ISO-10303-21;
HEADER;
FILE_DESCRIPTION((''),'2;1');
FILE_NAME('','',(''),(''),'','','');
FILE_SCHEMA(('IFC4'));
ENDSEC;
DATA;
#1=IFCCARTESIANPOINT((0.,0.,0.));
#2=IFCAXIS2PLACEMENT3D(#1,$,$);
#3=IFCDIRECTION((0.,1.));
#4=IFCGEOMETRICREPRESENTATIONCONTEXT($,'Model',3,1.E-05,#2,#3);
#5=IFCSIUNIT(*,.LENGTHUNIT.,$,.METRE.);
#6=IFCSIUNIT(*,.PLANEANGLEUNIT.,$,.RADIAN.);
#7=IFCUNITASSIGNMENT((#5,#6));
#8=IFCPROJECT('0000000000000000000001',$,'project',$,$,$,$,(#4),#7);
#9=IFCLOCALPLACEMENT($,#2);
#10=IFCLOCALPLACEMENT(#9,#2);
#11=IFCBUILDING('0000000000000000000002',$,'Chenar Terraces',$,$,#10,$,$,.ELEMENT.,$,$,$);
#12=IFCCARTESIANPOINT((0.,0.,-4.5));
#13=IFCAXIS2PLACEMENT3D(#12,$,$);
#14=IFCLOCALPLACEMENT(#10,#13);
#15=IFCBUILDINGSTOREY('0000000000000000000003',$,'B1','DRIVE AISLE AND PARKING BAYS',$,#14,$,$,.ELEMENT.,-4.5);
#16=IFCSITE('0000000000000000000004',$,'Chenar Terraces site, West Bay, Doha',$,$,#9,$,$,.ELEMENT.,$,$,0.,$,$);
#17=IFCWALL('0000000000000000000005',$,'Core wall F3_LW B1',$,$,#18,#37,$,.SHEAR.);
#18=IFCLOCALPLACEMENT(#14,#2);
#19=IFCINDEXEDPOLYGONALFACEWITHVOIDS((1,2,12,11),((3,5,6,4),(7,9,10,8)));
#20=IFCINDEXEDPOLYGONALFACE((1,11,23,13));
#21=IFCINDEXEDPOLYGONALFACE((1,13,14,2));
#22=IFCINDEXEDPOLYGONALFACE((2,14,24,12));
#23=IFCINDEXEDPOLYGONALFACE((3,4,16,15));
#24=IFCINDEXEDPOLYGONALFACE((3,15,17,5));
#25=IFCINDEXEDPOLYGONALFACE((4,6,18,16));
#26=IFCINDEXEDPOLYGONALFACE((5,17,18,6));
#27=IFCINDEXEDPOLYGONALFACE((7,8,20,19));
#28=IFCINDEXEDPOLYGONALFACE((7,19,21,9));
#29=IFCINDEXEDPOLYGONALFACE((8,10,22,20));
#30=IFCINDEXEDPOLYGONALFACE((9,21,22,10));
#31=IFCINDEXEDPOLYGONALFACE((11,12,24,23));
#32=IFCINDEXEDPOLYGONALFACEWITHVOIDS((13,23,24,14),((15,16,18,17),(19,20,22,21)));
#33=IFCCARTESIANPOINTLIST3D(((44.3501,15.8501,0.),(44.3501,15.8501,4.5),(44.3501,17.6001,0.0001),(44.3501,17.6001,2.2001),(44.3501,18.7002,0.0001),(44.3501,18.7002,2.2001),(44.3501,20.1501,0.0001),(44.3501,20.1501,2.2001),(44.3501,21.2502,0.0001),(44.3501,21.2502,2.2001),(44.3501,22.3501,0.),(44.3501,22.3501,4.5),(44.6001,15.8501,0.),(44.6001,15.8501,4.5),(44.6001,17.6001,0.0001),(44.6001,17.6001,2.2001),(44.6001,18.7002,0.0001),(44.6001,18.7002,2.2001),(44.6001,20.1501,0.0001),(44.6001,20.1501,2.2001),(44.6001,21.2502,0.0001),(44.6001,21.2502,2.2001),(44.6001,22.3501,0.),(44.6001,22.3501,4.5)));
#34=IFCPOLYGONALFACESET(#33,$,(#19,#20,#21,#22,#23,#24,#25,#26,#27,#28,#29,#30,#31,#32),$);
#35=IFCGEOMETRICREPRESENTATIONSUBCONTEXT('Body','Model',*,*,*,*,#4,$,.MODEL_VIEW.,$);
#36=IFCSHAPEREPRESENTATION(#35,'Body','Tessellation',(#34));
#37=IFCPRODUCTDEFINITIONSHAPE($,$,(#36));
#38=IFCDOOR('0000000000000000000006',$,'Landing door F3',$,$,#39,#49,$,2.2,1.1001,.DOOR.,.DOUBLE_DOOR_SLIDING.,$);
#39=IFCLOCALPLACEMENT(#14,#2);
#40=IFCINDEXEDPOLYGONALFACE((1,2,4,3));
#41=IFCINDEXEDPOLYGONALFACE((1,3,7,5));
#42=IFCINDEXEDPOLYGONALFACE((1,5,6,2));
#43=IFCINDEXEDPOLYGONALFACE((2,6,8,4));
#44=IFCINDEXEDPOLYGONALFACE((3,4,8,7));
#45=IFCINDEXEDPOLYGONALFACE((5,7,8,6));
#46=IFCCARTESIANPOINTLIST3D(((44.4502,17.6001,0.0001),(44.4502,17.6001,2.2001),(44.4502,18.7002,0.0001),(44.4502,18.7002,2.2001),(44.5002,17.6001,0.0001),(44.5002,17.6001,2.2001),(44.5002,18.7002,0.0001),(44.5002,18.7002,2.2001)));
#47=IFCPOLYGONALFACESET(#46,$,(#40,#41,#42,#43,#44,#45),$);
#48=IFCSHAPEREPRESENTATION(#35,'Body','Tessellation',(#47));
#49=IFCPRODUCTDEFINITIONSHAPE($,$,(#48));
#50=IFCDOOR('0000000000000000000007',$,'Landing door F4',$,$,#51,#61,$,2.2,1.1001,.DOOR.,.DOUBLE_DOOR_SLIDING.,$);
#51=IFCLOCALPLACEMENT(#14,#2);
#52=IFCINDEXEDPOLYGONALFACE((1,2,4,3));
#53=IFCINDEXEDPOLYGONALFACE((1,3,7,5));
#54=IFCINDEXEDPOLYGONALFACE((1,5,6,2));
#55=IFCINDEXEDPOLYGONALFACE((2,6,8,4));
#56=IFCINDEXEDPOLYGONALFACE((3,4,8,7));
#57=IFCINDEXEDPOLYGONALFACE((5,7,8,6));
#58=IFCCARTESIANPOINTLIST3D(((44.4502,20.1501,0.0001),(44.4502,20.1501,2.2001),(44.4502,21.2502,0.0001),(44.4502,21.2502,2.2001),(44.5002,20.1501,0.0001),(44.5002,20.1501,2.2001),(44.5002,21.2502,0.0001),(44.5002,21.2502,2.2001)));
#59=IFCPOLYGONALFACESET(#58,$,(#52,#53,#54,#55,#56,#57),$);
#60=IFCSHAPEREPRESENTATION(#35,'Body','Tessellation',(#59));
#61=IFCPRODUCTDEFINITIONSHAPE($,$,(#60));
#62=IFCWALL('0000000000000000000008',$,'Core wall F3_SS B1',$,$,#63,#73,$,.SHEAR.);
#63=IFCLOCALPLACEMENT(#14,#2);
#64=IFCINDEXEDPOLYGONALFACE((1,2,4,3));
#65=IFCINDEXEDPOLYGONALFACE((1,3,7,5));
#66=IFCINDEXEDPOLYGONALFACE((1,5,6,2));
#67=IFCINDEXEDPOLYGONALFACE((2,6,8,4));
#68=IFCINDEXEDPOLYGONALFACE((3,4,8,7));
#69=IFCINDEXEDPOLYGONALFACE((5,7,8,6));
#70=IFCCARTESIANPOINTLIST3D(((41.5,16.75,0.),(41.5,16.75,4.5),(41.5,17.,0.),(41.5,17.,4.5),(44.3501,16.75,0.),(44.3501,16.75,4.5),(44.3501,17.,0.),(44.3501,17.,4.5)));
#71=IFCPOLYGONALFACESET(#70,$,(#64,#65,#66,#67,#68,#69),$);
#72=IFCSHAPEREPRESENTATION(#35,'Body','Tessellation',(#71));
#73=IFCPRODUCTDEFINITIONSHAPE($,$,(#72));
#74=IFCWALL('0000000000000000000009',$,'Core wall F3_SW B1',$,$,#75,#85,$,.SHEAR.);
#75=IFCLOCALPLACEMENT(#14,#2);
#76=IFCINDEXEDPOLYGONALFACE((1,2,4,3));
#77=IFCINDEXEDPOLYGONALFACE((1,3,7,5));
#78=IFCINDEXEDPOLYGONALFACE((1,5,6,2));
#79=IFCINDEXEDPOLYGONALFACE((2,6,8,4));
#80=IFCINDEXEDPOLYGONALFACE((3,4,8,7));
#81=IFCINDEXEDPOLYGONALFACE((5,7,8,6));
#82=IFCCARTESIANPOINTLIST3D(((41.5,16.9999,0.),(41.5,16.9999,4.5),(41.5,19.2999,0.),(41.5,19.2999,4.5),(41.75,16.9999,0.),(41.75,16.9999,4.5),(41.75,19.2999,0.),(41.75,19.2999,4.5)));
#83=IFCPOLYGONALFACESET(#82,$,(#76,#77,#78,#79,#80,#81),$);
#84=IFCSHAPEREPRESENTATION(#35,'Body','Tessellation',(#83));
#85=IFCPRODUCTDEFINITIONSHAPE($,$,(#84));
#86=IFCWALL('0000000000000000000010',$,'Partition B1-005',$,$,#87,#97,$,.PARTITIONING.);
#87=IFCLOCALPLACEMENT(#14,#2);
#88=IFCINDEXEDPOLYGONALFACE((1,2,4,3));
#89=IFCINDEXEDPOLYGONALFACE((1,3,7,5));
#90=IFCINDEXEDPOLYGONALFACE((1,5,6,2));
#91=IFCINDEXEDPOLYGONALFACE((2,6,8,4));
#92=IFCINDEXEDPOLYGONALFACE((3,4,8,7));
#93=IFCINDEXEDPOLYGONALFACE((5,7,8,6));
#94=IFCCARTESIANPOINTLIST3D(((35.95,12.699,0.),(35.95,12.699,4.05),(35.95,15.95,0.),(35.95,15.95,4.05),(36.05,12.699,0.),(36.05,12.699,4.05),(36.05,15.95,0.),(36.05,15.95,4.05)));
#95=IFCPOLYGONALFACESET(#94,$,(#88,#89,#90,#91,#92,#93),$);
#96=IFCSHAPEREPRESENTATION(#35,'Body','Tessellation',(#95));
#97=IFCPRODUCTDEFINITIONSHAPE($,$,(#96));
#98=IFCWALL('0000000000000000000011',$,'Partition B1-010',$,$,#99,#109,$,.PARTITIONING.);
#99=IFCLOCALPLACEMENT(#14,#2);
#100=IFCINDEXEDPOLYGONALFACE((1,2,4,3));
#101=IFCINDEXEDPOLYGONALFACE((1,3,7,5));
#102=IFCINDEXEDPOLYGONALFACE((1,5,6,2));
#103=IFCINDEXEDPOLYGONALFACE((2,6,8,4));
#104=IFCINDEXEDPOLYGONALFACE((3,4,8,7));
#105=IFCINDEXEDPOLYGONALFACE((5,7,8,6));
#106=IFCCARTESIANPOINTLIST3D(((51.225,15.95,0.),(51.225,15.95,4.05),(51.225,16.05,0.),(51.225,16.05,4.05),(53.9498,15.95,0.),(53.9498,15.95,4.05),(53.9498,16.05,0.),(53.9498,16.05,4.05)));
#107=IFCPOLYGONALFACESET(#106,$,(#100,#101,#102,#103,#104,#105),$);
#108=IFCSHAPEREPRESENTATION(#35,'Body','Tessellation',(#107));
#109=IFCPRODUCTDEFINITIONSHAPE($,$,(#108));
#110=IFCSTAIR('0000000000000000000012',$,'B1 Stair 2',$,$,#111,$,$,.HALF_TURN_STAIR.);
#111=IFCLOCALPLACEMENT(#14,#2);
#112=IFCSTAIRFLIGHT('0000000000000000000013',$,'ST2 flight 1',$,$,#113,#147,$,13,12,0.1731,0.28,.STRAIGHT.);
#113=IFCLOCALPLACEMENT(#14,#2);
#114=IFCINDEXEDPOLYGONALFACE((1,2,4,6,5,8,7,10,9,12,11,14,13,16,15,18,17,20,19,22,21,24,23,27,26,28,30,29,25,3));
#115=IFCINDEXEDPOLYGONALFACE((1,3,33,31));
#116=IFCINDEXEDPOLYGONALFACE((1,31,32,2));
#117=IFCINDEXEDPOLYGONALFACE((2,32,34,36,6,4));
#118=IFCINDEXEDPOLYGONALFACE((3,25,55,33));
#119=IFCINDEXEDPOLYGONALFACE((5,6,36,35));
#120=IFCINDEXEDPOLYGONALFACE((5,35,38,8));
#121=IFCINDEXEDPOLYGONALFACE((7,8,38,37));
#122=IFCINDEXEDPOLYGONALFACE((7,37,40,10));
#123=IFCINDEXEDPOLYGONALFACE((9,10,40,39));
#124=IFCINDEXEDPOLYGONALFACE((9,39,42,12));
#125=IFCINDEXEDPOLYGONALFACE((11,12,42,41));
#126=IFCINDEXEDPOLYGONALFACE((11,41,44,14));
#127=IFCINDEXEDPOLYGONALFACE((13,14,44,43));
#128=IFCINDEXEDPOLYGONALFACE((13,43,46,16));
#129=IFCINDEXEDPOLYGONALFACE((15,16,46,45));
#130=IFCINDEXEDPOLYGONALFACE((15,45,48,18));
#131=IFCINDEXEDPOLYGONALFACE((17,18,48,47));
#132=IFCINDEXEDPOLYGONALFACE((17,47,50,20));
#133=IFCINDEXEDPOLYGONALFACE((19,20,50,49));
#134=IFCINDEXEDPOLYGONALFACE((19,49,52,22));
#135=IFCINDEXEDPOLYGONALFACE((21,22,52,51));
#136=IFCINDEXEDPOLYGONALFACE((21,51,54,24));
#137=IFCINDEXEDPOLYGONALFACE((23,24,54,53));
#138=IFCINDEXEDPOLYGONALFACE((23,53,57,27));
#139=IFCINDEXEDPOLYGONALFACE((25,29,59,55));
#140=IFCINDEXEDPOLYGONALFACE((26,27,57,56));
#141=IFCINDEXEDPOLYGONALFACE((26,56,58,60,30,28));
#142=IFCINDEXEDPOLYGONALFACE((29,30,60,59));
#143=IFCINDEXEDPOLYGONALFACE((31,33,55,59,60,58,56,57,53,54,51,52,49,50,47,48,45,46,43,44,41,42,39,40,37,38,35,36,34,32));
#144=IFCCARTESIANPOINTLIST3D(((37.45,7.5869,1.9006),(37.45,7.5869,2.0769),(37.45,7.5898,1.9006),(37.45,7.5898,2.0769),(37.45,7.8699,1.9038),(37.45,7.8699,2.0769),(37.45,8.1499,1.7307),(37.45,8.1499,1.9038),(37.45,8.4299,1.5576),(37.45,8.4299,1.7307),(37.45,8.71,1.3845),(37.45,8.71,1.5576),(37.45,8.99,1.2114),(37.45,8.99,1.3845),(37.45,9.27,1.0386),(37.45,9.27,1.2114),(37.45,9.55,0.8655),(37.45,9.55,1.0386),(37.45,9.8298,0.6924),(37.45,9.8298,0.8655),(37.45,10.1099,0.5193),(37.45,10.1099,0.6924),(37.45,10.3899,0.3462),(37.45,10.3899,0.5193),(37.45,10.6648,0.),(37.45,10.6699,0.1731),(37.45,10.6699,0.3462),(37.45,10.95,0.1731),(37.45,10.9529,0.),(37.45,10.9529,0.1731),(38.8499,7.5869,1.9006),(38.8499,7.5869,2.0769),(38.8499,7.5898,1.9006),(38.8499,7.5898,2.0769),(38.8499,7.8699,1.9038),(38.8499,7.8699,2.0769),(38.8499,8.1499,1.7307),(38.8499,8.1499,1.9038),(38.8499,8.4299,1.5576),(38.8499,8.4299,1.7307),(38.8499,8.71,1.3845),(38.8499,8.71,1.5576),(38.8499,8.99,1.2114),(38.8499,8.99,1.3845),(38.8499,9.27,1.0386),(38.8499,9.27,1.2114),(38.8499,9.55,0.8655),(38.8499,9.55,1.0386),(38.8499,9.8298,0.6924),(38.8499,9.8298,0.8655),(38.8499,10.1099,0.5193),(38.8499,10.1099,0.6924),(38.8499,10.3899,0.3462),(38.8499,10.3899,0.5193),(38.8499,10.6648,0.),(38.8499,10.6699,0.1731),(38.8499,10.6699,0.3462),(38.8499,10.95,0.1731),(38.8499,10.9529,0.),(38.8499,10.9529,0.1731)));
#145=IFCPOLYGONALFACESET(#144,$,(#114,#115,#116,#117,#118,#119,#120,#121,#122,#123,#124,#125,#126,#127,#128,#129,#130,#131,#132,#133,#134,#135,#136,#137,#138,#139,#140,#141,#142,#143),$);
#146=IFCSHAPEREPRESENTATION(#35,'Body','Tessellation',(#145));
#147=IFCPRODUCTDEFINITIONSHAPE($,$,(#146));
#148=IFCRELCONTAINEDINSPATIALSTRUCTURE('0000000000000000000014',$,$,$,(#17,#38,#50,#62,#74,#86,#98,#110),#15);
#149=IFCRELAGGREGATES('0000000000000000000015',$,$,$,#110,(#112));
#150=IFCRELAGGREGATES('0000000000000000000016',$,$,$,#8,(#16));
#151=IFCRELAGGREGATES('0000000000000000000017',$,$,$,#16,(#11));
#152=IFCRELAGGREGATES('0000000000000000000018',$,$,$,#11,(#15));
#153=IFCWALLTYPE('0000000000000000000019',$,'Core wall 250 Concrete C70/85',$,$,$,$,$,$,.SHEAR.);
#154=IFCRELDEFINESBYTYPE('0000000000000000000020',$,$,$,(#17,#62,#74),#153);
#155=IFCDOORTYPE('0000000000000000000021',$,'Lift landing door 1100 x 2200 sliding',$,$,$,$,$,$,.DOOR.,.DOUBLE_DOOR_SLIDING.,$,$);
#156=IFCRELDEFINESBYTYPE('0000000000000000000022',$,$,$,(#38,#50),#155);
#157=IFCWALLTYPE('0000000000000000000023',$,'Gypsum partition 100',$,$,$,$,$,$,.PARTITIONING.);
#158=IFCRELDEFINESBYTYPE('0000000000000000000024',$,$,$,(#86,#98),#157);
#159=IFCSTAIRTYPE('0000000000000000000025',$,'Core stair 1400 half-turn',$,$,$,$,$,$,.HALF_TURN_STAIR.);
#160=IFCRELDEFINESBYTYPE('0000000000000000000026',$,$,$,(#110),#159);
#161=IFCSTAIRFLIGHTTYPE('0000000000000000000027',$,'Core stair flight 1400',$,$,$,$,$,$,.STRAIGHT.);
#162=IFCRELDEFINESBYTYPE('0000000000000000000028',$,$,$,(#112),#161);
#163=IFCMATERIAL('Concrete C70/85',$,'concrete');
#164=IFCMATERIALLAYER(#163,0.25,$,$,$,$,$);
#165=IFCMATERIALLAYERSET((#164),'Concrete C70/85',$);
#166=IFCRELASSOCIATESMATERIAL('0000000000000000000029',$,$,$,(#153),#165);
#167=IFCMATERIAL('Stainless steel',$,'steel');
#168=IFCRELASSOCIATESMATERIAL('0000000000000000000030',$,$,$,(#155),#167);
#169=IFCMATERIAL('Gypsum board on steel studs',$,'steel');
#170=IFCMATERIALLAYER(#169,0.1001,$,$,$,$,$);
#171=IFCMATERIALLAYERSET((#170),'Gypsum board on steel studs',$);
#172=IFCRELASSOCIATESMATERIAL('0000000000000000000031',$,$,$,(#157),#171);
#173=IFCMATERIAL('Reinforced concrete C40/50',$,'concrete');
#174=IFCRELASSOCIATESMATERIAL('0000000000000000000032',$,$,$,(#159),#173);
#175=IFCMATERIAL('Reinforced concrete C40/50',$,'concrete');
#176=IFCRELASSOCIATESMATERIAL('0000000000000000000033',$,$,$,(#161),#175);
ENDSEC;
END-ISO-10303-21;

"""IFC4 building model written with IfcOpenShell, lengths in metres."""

from ifc_helpers import new_model, si_unit, direction, frame, frame_2d, origin, place, context, subcontext, project, spatial, polyline, rectangle, outline, extrude, material, layer, layer_set, type_object, element, fill, aggregate, save


model = new_model("IFC4")

# Units and contexts
model_context = context("Model", 3, precision=1e-05, world=origin(), true_north=direction((0.0, 1.0)))
body_context = subcontext(model_context, "Body", "Model", "MODEL_VIEW")
ifc_project = project(units=[si_unit("LENGTHUNIT", "METRE"), si_unit("PLANEANGLEUNIT", "RADIAN")], contexts=[model_context])

# Site, building, storey
site_placement = place(None, origin())
site = spatial("IfcSite", under=ifc_project, at=site_placement, Name="Chenar Terraces site, West Bay, Doha", CompositionType="ELEMENT", RefElevation=0.0)
building_placement = place(site_placement, origin())
building = spatial("IfcBuilding", under=site, at=building_placement, Name="Chenar Terraces", CompositionType="ELEMENT")
storey_placement = place(building_placement, frame((0.0, 0.0, -4.5)))
storey = spatial("IfcBuildingStorey", under=building, at=storey_placement, Name="B1", Description="DRIVE AISLE AND PARKING BAYS", CompositionType="ELEMENT", Elevation=-4.5)

# Shared definitions
ifc_material_1 = material(Name="Concrete C70/85", Category="concrete")
ifc_layer_1 = layer(ifc_material_1, 0.25)
ifc_layer_set_1 = layer_set([ifc_layer_1], Name="Concrete C70/85")
wall_type_1 = type_object("IfcWallType", Name="Core wall 250 Concrete C70/85", PredefinedType="SHEAR", material=ifc_layer_set_1)

# Wall, openings, doors
wall_1_placement = place(storey_placement, frame((44.4751, 15.8501, 0.0), z_axis=(0.0, 0.0, 1.0), x_axis=(0.0, 1.0, 0.0)))
wall_1 = element("IfcWall", 1, at=wall_1_placement, inside=storey, type_object=wall_type_1, Name="Core wall F3_LW B1", PredefinedType="SHEAR", context=body_context, shape_type="SweptSolid", body=[
    extrude(rectangle(XDim=6.5, YDim=0.25, at=frame_2d((3.25, 0.0))), origin(), (0.0, 0.0, 1.0), 4.5),
])
opening_1_placement = place(wall_1_placement, frame((1.75, 0.0, 0.0)))
opening_1 = element("IfcOpeningElement", 2, at=opening_1_placement, cuts=wall_1, PredefinedType="OPENING", context=body_context, shape_type="SweptSolid", body=[
    extrude(rectangle(XDim=1.1001, YDim=2.2, at=frame_2d((0.55, 1.1001))), frame((0.0, 0.135, 0.0), z_axis=(0.0, -1.0, 0.0), x_axis=(1.0, 0.0, 0.0)), (0.0, 0.0, 1.0), 0.27),
])
opening_2_placement = place(wall_1_placement, frame((4.3, 0.0, 0.0)))
opening_2 = element("IfcOpeningElement", 3, at=opening_2_placement, cuts=wall_1, PredefinedType="OPENING", context=body_context, shape_type="SweptSolid", body=[
    extrude(rectangle(XDim=1.1001, YDim=2.2, at=frame_2d((0.55, 1.1001))), frame((0.0, 0.135, 0.0), z_axis=(0.0, -1.0, 0.0), x_axis=(1.0, 0.0, 0.0)), (0.0, 0.0, 1.0), 0.27),
])
ifc_material_2 = material(Name="Stainless steel", Category="steel")
door_type_1 = type_object("IfcDoorType", Name="Lift landing door 1100 x 2200 sliding", OperationType="DOUBLE_DOOR_SLIDING", PredefinedType="DOOR", material=ifc_material_2)
door_1_placement = place(opening_1_placement, origin())
door_1 = element("IfcDoor", 4, at=door_1_placement, inside=storey, type_object=door_type_1, Name="Landing door F3", OperationType="DOUBLE_DOOR_SLIDING", OverallHeight=2.2, OverallWidth=1.1001, PredefinedType="DOOR", context=body_context, shape_type="SweptSolid", body=[
    extrude(rectangle(XDim=1.1001, YDim=2.2, at=frame_2d((0.55, 1.1001))), frame((0.0, 0.0249, 0.0), z_axis=(0.0, -1.0, 0.0), x_axis=(1.0, 0.0, 0.0)), (0.0, 0.0, 1.0), 0.05),
])
fill(opening_1, door_1)
door_2_placement = place(opening_2_placement, origin())
door_2 = element("IfcDoor", 5, at=door_2_placement, inside=storey, type_object=door_type_1, Name="Landing door F4", OperationType="DOUBLE_DOOR_SLIDING", OverallHeight=2.2, OverallWidth=1.1001, PredefinedType="DOOR", context=body_context, shape_type="SweptSolid", body=[
    extrude(rectangle(XDim=1.1001, YDim=2.2, at=frame_2d((0.55, 1.1001))), frame((0.0, 0.0249, 0.0), z_axis=(0.0, -1.0, 0.0), x_axis=(1.0, 0.0, 0.0)), (0.0, 0.0, 1.0), 0.05),
])
fill(opening_2, door_2)

# Walls
wall_2_placement = place(storey_placement, frame((41.5, 16.875, 0.0), z_axis=(0.0, 0.0, 1.0), x_axis=(1.0, 0.0, 0.0)))
element("IfcWall", 6, at=wall_2_placement, inside=storey, type_object=wall_type_1, Name="Core wall F3_SS B1", PredefinedType="SHEAR", context=body_context, shape_type="SweptSolid", body=[
    extrude(rectangle(XDim=2.8501, YDim=0.25, at=frame_2d((1.425, 0.0))), origin(), (0.0, 0.0, 1.0), 4.5),
])
wall_3_placement = place(storey_placement, frame((41.625, 17.0, 0.0), z_axis=(0.0, 0.0, 1.0), x_axis=(0.0, 1.0, 0.0)))
element("IfcWall", 7, at=wall_3_placement, inside=storey, type_object=wall_type_1, Name="Core wall F3_SW B1", PredefinedType="SHEAR", context=body_context, shape_type="SweptSolid", body=[
    extrude(rectangle(XDim=2.3, YDim=0.25, at=frame_2d((1.1499, 0.0))), origin(), (0.0, 0.0, 1.0), 4.5),
])
ifc_material_3 = material(Name="Gypsum board on steel studs", Category="steel")
ifc_layer_2 = layer(ifc_material_3, 0.1001)
ifc_layer_set_2 = layer_set([ifc_layer_2], Name="Gypsum board on steel studs")
wall_type_2 = type_object("IfcWallType", Name="Gypsum partition 100", PredefinedType="PARTITIONING", material=ifc_layer_set_2)
wall_4_placement = place(storey_placement, frame((36.0, 12.699, 0.0), z_axis=(0.0, 0.0, 1.0), x_axis=(0.0, 1.0, 0.0)))
element("IfcWall", 8, at=wall_4_placement, inside=storey, type_object=wall_type_2, Name="Partition B1-005", PredefinedType="PARTITIONING", context=body_context, shape_type="SweptSolid", body=[
    extrude(rectangle(XDim=3.251, YDim=0.1001, at=frame_2d((1.6255, 0.0))), origin(), (0.0, 0.0, 1.0), 4.05),
])
wall_5_placement = place(storey_placement, frame((51.2251, 16.0, 0.0), z_axis=(0.0, 0.0, 1.0), x_axis=(1.0, 0.0, 0.0)))
element("IfcWall", 9, at=wall_5_placement, inside=storey, type_object=wall_type_2, Name="Partition B1-010", PredefinedType="PARTITIONING", context=body_context, shape_type="SweptSolid", body=[
    extrude(rectangle(XDim=2.7249, YDim=0.1001, at=frame_2d((1.3623, 0.0))), origin(), (0.0, 0.0, 1.0), 4.05),
])

# Stair, stair flight
ifc_material_4 = material(Name="Reinforced concrete C40/50", Category="concrete")
stair_type = type_object("IfcStairType", Name="Core stair 1400 half-turn", PredefinedType="HALF_TURN_STAIR", material=ifc_material_4)
stair_placement = place(storey_placement, origin())
stair = element("IfcStair", 10, at=stair_placement, inside=storey, type_object=stair_type, Name="B1 Stair 2", PredefinedType="HALF_TURN_STAIR")
ifc_material_5 = material(Name="Reinforced concrete C40/50", Category="concrete")
stair_flight_type = type_object("IfcStairFlightType", Name="Core stair flight 1400", PredefinedType="STRAIGHT", material=ifc_material_5)
stair_flight_placement = place(storey_placement, frame((38.1499, 10.95, 0.0), z_axis=(0.0, 0.0, 1.0), x_axis=(0.0, -1.0, 0.0)))
stair_flight = element("IfcStairFlight", 11, at=stair_flight_placement, type_object=stair_flight_type, Name="ST2 flight 1", NumberOfRisers=13, NumberOfTreads=12, PredefinedType="STRAIGHT", RiserHeight=0.1731, TreadLength=0.28, context=body_context, shape_type="SweptSolid", body=[
    extrude(outline(polyline([(-0.0029, 0.0), (-0.0029, 0.1731), (0.0, 0.1731), (0.28, 0.1731), (0.28, 0.3462), (0.5601, 0.3462), (0.5601, 0.5193), (0.8401, 0.5193), (0.8401, 0.6924), (1.1201, 0.6924), (1.1201, 0.8655), (1.3999, 0.8655), (1.3999, 1.0386), (1.6799, 1.0386), (1.6799, 1.2114), (1.96, 1.2114), (1.96, 1.3845), (2.24, 1.3845), (2.24, 1.5576), (2.52, 1.5576), (2.52, 1.7307), (2.8, 1.7307), (2.8, 1.9038), (3.0801, 1.9038), (3.0801, 2.0769), (3.3601, 2.0769), (3.363, 2.0769), (3.363, 1.9006), (3.3601, 1.9006), (0.2852, 0.0), (-0.0029, 0.0)])), frame((0.0, 0.7, 0.0), z_axis=(0.0, -1.0, 0.0), x_axis=(1.0, 0.0, 0.0)), (0.0, 0.0, 1.0), 1.3999),
])
aggregate(stair, [stair_flight])

save(model, "model.ifc")
